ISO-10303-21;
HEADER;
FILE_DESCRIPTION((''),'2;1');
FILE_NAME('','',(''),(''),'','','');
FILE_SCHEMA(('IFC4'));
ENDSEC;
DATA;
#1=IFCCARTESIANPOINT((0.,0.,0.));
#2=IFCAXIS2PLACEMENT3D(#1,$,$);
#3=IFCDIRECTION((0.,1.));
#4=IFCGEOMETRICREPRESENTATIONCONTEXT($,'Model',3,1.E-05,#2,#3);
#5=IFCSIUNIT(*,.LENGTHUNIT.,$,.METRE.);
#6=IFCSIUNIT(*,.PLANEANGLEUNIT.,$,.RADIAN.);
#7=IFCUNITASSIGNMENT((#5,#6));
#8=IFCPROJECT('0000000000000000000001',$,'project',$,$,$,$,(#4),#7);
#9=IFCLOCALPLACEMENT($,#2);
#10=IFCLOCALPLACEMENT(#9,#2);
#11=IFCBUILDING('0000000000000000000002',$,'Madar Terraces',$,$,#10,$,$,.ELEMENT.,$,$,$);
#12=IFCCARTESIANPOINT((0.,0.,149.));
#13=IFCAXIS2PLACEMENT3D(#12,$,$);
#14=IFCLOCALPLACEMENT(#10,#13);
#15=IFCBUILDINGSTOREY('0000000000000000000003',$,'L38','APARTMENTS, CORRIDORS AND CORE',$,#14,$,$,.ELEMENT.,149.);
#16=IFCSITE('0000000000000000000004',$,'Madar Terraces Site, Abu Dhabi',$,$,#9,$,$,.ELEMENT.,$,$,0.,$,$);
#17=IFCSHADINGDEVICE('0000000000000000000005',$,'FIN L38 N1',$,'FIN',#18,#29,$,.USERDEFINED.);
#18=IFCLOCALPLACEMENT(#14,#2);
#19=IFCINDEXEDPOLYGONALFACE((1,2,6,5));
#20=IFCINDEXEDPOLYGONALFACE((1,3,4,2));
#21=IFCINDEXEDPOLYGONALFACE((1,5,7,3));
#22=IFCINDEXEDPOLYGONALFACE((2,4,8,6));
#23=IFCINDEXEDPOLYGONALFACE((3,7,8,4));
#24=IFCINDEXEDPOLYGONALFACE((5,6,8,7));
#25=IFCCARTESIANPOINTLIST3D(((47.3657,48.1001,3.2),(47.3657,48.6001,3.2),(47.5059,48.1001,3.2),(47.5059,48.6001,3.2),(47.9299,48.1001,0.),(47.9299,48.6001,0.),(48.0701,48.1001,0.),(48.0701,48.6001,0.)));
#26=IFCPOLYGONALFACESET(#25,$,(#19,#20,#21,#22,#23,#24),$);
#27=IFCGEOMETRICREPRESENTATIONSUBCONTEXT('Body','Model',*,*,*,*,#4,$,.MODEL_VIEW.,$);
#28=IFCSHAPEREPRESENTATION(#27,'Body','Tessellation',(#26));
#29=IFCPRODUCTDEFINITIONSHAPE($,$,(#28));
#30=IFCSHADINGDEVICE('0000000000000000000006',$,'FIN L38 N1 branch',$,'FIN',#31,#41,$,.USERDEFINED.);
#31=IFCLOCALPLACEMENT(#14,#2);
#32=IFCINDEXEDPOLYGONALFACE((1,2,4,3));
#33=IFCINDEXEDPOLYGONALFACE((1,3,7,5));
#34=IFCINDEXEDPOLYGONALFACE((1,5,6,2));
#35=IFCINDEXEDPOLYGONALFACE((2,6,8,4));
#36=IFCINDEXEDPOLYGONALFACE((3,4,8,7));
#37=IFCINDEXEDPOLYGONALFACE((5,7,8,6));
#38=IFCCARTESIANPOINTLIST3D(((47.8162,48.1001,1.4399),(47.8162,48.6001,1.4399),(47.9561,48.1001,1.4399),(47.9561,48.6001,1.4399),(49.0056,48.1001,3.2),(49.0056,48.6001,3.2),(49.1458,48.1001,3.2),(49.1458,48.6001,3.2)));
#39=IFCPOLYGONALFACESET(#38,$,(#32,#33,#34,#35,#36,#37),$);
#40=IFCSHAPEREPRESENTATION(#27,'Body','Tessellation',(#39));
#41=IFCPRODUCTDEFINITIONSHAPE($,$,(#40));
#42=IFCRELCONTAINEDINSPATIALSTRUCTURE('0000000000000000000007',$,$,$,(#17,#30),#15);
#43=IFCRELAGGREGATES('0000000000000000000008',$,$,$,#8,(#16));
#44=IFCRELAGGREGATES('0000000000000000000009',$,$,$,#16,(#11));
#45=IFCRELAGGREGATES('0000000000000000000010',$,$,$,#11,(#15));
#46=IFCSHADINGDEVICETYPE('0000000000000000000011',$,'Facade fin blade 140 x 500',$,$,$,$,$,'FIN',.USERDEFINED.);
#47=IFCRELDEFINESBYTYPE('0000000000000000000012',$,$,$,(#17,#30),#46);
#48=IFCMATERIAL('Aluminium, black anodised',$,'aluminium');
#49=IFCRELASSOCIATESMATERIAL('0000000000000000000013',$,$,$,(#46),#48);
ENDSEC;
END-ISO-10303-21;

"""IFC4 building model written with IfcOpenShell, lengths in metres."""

from ifc_helpers import new_model, si_unit, direction, frame, origin, place, context, subcontext, project, spatial, polyline, outline, extrude, material, type_object, element, save


model = new_model("IFC4")

# Units and contexts
model_context = context("Model", 3, precision=1e-05, world=origin(), true_north=direction((0.0, 1.0)))
body_context = subcontext(model_context, "Body", "Model", "MODEL_VIEW")
ifc_project = project(units=[si_unit("LENGTHUNIT", "METRE"), si_unit("PLANEANGLEUNIT", "RADIAN")], contexts=[model_context])

# Site, building, storey
site_placement = place(None, origin())
site = spatial("IfcSite", under=ifc_project, at=site_placement, Name="Madar Terraces Site, Abu Dhabi", CompositionType="ELEMENT", RefElevation=0.0)
building_placement = place(site_placement, origin())
building = spatial("IfcBuilding", under=site, at=building_placement, Name="Madar Terraces", CompositionType="ELEMENT")
storey_placement = place(building_placement, frame((0.0, 0.0, 149.0)))
storey = spatial("IfcBuildingStorey", under=building, at=storey_placement, Name="L38", Description="APARTMENTS, CORRIDORS AND CORE", CompositionType="ELEMENT", Elevation=149.0)

# Shading devices
ifc_material_1 = material(Name="Aluminium, black anodised", Category="aluminium")
shading_device_type = type_object("IfcShadingDeviceType", Name="Facade fin blade 140 x 500", ElementType="FIN", PredefinedType="USERDEFINED", material=ifc_material_1)
shading_device_1_placement = place(storey_placement, frame((48.0701, 48.3501, 0.0), z_axis=(0.0, 0.0, 1.0), x_axis=(-1.0, 0.0, 0.0)))
element("IfcShadingDevice", 1, at=shading_device_1_placement, inside=storey, type_object=shading_device_type, Name="FIN L38 N1", ObjectType="FIN", PredefinedType="USERDEFINED", context=body_context, shape_type="SweptSolid", body=[
    extrude(outline(polyline([(0.0, 0.0), (0.1401, 0.0), (0.7043, 3.2), (0.5642, 3.2), (0.0, 0.0)])), frame((0.0, 0.25, 0.0), z_axis=(0.0, -1.0, 0.0), x_axis=(1.0, 0.0, 0.0)), (0.0, 0.0, 1.0), 0.5),
])
shading_device_2_placement = place(storey_placement, frame((47.9561, 48.3501, 1.4399), z_axis=(0.0, 0.0, 1.0), x_axis=(-1.0, 0.0, 0.0)))
element("IfcShadingDevice", 2, at=shading_device_2_placement, inside=storey, type_object=shading_device_type, Name="FIN L38 N1 branch", ObjectType="FIN", PredefinedType="USERDEFINED", context=body_context, shape_type="SweptSolid", body=[
    extrude(outline(polyline([(0.0, 0.0), (0.1399, 0.0), (-1.0496, 1.76), (-1.1897, 1.76), (0.0, 0.0)])), frame((0.0, 0.25, 0.0), z_axis=(0.0, -1.0, 0.0), x_axis=(1.0, 0.0, 0.0)), (0.0, 0.0, 1.0), 0.5),
])

save(model, "model.ifc")
